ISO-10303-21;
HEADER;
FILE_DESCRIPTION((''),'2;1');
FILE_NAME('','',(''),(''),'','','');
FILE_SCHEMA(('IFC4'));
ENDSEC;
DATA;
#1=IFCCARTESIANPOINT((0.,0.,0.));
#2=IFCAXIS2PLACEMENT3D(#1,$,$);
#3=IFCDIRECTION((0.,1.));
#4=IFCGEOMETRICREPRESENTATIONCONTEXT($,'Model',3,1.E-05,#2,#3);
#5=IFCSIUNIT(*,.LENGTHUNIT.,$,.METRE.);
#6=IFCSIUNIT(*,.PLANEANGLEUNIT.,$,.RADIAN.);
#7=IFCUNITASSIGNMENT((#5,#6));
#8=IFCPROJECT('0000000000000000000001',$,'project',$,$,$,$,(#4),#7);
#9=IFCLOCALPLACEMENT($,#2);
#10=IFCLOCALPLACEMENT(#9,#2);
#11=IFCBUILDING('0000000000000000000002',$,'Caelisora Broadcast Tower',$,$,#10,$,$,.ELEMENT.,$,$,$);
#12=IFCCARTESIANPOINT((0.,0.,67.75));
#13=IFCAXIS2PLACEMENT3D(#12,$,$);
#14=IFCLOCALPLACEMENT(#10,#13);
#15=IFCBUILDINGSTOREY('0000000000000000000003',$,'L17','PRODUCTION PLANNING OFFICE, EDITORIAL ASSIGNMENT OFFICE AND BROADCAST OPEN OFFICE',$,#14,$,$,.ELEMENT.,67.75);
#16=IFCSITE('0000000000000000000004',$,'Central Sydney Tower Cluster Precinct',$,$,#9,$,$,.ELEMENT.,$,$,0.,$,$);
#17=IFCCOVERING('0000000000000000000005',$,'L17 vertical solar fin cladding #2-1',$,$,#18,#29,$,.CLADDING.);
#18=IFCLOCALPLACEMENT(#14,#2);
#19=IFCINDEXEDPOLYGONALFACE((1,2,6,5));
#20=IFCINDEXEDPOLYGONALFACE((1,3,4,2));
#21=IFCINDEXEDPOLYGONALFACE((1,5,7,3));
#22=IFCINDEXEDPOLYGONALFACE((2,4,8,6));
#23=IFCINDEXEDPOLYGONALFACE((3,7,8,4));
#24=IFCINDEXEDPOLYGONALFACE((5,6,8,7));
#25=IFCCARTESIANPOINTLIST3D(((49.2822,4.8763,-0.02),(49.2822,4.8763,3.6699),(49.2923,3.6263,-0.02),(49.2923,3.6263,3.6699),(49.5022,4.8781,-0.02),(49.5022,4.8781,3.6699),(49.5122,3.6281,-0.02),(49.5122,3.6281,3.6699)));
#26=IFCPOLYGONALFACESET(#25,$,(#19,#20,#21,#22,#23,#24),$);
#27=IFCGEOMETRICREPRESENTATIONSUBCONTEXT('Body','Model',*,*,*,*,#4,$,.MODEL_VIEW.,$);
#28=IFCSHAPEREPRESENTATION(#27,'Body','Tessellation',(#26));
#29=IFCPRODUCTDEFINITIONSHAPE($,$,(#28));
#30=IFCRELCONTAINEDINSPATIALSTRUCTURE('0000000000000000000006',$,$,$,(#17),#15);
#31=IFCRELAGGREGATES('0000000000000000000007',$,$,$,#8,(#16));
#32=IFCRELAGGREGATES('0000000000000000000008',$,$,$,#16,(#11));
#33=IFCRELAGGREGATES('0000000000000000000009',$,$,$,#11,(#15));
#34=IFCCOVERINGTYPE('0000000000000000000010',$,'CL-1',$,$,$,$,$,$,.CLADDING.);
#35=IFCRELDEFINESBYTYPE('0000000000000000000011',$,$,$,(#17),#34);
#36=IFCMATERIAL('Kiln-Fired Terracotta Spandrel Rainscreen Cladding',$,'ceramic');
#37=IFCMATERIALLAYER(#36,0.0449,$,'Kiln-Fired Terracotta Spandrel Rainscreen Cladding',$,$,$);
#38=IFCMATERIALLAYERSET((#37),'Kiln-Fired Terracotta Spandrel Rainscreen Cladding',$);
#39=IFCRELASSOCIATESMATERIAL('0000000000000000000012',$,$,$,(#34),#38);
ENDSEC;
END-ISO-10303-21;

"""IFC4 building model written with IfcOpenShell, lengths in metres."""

from ifc_helpers import new_model, si_unit, direction, frame, origin, origin_2d, place, context, subcontext, project, spatial, rectangle, extrude, source, transform, mapped, material, layer, layer_set, type_object, type_shapes, element, save


model = new_model("IFC4")

# Units and contexts
model_context = context("Model", 3, precision=1e-05, world=origin(), true_north=direction((0.0, 1.0)))
body_context = subcontext(model_context, "Body", "Model", "MODEL_VIEW")
ifc_project = project(units=[si_unit("LENGTHUNIT", "METRE"), si_unit("PLANEANGLEUNIT", "RADIAN")], contexts=[model_context])

# Site, building, storey
site_placement = place(None, origin())
site = spatial("IfcSite", under=ifc_project, at=site_placement, Name="Central Sydney Tower Cluster Precinct", CompositionType="ELEMENT", RefElevation=0.0)
building_placement = place(site_placement, origin())
building = spatial("IfcBuilding", under=site, at=building_placement, Name="Caelisora Broadcast Tower", CompositionType="ELEMENT")
storey_placement = place(building_placement, frame((0.0, 0.0, 67.75)))
storey = spatial("IfcBuildingStorey", under=building, at=storey_placement, Name="L17", Description="PRODUCTION PLANNING OFFICE, EDITORIAL ASSIGNMENT OFFICE AND BROADCAST OPEN OFFICE", CompositionType="ELEMENT", Elevation=67.75)

# Covering
ifc_material_1 = material(Name="Kiln-Fired Terracotta Spandrel Rainscreen Cladding", Category="ceramic")
ifc_layer_1 = layer(ifc_material_1, 0.0449, Name="Kiln-Fired Terracotta Spandrel Rainscreen Cladding")
ifc_layer_set_1 = layer_set([ifc_layer_1], Name="Kiln-Fired Terracotta Spandrel Rainscreen Cladding")
covering_type = type_object("IfcCoveringType", Name="CL-1", PredefinedType="CLADDING", material=ifc_layer_set_1)
shared_shape_1 = source(origin(), body_context, "Body", "SweptSolid", [
    extrude(rectangle(XDim=0.22, YDim=1.25, at=origin_2d()), origin(), (0.0, 0.0, 1.0), 3.6899),
])
type_shapes(covering_type, [shared_shape_1])
covering_placement = place(storey_placement, frame((49.3972, 4.2522, -0.02), z_axis=(0.0, 0.0, 1.0), x_axis=(-0.999968, -0.008028, 0.0)))
element("IfcCovering", 1, at=covering_placement, inside=storey, type_object=covering_type, Name="L17 vertical solar fin cladding #2-1", PredefinedType="CLADDING", context=body_context, shape_type="MappedRepresentation", body=[
    mapped(shared_shape_1, transform((0.0, 0.0, 0.0), scale=1.0)),
])

save(model, "model.ifc")
